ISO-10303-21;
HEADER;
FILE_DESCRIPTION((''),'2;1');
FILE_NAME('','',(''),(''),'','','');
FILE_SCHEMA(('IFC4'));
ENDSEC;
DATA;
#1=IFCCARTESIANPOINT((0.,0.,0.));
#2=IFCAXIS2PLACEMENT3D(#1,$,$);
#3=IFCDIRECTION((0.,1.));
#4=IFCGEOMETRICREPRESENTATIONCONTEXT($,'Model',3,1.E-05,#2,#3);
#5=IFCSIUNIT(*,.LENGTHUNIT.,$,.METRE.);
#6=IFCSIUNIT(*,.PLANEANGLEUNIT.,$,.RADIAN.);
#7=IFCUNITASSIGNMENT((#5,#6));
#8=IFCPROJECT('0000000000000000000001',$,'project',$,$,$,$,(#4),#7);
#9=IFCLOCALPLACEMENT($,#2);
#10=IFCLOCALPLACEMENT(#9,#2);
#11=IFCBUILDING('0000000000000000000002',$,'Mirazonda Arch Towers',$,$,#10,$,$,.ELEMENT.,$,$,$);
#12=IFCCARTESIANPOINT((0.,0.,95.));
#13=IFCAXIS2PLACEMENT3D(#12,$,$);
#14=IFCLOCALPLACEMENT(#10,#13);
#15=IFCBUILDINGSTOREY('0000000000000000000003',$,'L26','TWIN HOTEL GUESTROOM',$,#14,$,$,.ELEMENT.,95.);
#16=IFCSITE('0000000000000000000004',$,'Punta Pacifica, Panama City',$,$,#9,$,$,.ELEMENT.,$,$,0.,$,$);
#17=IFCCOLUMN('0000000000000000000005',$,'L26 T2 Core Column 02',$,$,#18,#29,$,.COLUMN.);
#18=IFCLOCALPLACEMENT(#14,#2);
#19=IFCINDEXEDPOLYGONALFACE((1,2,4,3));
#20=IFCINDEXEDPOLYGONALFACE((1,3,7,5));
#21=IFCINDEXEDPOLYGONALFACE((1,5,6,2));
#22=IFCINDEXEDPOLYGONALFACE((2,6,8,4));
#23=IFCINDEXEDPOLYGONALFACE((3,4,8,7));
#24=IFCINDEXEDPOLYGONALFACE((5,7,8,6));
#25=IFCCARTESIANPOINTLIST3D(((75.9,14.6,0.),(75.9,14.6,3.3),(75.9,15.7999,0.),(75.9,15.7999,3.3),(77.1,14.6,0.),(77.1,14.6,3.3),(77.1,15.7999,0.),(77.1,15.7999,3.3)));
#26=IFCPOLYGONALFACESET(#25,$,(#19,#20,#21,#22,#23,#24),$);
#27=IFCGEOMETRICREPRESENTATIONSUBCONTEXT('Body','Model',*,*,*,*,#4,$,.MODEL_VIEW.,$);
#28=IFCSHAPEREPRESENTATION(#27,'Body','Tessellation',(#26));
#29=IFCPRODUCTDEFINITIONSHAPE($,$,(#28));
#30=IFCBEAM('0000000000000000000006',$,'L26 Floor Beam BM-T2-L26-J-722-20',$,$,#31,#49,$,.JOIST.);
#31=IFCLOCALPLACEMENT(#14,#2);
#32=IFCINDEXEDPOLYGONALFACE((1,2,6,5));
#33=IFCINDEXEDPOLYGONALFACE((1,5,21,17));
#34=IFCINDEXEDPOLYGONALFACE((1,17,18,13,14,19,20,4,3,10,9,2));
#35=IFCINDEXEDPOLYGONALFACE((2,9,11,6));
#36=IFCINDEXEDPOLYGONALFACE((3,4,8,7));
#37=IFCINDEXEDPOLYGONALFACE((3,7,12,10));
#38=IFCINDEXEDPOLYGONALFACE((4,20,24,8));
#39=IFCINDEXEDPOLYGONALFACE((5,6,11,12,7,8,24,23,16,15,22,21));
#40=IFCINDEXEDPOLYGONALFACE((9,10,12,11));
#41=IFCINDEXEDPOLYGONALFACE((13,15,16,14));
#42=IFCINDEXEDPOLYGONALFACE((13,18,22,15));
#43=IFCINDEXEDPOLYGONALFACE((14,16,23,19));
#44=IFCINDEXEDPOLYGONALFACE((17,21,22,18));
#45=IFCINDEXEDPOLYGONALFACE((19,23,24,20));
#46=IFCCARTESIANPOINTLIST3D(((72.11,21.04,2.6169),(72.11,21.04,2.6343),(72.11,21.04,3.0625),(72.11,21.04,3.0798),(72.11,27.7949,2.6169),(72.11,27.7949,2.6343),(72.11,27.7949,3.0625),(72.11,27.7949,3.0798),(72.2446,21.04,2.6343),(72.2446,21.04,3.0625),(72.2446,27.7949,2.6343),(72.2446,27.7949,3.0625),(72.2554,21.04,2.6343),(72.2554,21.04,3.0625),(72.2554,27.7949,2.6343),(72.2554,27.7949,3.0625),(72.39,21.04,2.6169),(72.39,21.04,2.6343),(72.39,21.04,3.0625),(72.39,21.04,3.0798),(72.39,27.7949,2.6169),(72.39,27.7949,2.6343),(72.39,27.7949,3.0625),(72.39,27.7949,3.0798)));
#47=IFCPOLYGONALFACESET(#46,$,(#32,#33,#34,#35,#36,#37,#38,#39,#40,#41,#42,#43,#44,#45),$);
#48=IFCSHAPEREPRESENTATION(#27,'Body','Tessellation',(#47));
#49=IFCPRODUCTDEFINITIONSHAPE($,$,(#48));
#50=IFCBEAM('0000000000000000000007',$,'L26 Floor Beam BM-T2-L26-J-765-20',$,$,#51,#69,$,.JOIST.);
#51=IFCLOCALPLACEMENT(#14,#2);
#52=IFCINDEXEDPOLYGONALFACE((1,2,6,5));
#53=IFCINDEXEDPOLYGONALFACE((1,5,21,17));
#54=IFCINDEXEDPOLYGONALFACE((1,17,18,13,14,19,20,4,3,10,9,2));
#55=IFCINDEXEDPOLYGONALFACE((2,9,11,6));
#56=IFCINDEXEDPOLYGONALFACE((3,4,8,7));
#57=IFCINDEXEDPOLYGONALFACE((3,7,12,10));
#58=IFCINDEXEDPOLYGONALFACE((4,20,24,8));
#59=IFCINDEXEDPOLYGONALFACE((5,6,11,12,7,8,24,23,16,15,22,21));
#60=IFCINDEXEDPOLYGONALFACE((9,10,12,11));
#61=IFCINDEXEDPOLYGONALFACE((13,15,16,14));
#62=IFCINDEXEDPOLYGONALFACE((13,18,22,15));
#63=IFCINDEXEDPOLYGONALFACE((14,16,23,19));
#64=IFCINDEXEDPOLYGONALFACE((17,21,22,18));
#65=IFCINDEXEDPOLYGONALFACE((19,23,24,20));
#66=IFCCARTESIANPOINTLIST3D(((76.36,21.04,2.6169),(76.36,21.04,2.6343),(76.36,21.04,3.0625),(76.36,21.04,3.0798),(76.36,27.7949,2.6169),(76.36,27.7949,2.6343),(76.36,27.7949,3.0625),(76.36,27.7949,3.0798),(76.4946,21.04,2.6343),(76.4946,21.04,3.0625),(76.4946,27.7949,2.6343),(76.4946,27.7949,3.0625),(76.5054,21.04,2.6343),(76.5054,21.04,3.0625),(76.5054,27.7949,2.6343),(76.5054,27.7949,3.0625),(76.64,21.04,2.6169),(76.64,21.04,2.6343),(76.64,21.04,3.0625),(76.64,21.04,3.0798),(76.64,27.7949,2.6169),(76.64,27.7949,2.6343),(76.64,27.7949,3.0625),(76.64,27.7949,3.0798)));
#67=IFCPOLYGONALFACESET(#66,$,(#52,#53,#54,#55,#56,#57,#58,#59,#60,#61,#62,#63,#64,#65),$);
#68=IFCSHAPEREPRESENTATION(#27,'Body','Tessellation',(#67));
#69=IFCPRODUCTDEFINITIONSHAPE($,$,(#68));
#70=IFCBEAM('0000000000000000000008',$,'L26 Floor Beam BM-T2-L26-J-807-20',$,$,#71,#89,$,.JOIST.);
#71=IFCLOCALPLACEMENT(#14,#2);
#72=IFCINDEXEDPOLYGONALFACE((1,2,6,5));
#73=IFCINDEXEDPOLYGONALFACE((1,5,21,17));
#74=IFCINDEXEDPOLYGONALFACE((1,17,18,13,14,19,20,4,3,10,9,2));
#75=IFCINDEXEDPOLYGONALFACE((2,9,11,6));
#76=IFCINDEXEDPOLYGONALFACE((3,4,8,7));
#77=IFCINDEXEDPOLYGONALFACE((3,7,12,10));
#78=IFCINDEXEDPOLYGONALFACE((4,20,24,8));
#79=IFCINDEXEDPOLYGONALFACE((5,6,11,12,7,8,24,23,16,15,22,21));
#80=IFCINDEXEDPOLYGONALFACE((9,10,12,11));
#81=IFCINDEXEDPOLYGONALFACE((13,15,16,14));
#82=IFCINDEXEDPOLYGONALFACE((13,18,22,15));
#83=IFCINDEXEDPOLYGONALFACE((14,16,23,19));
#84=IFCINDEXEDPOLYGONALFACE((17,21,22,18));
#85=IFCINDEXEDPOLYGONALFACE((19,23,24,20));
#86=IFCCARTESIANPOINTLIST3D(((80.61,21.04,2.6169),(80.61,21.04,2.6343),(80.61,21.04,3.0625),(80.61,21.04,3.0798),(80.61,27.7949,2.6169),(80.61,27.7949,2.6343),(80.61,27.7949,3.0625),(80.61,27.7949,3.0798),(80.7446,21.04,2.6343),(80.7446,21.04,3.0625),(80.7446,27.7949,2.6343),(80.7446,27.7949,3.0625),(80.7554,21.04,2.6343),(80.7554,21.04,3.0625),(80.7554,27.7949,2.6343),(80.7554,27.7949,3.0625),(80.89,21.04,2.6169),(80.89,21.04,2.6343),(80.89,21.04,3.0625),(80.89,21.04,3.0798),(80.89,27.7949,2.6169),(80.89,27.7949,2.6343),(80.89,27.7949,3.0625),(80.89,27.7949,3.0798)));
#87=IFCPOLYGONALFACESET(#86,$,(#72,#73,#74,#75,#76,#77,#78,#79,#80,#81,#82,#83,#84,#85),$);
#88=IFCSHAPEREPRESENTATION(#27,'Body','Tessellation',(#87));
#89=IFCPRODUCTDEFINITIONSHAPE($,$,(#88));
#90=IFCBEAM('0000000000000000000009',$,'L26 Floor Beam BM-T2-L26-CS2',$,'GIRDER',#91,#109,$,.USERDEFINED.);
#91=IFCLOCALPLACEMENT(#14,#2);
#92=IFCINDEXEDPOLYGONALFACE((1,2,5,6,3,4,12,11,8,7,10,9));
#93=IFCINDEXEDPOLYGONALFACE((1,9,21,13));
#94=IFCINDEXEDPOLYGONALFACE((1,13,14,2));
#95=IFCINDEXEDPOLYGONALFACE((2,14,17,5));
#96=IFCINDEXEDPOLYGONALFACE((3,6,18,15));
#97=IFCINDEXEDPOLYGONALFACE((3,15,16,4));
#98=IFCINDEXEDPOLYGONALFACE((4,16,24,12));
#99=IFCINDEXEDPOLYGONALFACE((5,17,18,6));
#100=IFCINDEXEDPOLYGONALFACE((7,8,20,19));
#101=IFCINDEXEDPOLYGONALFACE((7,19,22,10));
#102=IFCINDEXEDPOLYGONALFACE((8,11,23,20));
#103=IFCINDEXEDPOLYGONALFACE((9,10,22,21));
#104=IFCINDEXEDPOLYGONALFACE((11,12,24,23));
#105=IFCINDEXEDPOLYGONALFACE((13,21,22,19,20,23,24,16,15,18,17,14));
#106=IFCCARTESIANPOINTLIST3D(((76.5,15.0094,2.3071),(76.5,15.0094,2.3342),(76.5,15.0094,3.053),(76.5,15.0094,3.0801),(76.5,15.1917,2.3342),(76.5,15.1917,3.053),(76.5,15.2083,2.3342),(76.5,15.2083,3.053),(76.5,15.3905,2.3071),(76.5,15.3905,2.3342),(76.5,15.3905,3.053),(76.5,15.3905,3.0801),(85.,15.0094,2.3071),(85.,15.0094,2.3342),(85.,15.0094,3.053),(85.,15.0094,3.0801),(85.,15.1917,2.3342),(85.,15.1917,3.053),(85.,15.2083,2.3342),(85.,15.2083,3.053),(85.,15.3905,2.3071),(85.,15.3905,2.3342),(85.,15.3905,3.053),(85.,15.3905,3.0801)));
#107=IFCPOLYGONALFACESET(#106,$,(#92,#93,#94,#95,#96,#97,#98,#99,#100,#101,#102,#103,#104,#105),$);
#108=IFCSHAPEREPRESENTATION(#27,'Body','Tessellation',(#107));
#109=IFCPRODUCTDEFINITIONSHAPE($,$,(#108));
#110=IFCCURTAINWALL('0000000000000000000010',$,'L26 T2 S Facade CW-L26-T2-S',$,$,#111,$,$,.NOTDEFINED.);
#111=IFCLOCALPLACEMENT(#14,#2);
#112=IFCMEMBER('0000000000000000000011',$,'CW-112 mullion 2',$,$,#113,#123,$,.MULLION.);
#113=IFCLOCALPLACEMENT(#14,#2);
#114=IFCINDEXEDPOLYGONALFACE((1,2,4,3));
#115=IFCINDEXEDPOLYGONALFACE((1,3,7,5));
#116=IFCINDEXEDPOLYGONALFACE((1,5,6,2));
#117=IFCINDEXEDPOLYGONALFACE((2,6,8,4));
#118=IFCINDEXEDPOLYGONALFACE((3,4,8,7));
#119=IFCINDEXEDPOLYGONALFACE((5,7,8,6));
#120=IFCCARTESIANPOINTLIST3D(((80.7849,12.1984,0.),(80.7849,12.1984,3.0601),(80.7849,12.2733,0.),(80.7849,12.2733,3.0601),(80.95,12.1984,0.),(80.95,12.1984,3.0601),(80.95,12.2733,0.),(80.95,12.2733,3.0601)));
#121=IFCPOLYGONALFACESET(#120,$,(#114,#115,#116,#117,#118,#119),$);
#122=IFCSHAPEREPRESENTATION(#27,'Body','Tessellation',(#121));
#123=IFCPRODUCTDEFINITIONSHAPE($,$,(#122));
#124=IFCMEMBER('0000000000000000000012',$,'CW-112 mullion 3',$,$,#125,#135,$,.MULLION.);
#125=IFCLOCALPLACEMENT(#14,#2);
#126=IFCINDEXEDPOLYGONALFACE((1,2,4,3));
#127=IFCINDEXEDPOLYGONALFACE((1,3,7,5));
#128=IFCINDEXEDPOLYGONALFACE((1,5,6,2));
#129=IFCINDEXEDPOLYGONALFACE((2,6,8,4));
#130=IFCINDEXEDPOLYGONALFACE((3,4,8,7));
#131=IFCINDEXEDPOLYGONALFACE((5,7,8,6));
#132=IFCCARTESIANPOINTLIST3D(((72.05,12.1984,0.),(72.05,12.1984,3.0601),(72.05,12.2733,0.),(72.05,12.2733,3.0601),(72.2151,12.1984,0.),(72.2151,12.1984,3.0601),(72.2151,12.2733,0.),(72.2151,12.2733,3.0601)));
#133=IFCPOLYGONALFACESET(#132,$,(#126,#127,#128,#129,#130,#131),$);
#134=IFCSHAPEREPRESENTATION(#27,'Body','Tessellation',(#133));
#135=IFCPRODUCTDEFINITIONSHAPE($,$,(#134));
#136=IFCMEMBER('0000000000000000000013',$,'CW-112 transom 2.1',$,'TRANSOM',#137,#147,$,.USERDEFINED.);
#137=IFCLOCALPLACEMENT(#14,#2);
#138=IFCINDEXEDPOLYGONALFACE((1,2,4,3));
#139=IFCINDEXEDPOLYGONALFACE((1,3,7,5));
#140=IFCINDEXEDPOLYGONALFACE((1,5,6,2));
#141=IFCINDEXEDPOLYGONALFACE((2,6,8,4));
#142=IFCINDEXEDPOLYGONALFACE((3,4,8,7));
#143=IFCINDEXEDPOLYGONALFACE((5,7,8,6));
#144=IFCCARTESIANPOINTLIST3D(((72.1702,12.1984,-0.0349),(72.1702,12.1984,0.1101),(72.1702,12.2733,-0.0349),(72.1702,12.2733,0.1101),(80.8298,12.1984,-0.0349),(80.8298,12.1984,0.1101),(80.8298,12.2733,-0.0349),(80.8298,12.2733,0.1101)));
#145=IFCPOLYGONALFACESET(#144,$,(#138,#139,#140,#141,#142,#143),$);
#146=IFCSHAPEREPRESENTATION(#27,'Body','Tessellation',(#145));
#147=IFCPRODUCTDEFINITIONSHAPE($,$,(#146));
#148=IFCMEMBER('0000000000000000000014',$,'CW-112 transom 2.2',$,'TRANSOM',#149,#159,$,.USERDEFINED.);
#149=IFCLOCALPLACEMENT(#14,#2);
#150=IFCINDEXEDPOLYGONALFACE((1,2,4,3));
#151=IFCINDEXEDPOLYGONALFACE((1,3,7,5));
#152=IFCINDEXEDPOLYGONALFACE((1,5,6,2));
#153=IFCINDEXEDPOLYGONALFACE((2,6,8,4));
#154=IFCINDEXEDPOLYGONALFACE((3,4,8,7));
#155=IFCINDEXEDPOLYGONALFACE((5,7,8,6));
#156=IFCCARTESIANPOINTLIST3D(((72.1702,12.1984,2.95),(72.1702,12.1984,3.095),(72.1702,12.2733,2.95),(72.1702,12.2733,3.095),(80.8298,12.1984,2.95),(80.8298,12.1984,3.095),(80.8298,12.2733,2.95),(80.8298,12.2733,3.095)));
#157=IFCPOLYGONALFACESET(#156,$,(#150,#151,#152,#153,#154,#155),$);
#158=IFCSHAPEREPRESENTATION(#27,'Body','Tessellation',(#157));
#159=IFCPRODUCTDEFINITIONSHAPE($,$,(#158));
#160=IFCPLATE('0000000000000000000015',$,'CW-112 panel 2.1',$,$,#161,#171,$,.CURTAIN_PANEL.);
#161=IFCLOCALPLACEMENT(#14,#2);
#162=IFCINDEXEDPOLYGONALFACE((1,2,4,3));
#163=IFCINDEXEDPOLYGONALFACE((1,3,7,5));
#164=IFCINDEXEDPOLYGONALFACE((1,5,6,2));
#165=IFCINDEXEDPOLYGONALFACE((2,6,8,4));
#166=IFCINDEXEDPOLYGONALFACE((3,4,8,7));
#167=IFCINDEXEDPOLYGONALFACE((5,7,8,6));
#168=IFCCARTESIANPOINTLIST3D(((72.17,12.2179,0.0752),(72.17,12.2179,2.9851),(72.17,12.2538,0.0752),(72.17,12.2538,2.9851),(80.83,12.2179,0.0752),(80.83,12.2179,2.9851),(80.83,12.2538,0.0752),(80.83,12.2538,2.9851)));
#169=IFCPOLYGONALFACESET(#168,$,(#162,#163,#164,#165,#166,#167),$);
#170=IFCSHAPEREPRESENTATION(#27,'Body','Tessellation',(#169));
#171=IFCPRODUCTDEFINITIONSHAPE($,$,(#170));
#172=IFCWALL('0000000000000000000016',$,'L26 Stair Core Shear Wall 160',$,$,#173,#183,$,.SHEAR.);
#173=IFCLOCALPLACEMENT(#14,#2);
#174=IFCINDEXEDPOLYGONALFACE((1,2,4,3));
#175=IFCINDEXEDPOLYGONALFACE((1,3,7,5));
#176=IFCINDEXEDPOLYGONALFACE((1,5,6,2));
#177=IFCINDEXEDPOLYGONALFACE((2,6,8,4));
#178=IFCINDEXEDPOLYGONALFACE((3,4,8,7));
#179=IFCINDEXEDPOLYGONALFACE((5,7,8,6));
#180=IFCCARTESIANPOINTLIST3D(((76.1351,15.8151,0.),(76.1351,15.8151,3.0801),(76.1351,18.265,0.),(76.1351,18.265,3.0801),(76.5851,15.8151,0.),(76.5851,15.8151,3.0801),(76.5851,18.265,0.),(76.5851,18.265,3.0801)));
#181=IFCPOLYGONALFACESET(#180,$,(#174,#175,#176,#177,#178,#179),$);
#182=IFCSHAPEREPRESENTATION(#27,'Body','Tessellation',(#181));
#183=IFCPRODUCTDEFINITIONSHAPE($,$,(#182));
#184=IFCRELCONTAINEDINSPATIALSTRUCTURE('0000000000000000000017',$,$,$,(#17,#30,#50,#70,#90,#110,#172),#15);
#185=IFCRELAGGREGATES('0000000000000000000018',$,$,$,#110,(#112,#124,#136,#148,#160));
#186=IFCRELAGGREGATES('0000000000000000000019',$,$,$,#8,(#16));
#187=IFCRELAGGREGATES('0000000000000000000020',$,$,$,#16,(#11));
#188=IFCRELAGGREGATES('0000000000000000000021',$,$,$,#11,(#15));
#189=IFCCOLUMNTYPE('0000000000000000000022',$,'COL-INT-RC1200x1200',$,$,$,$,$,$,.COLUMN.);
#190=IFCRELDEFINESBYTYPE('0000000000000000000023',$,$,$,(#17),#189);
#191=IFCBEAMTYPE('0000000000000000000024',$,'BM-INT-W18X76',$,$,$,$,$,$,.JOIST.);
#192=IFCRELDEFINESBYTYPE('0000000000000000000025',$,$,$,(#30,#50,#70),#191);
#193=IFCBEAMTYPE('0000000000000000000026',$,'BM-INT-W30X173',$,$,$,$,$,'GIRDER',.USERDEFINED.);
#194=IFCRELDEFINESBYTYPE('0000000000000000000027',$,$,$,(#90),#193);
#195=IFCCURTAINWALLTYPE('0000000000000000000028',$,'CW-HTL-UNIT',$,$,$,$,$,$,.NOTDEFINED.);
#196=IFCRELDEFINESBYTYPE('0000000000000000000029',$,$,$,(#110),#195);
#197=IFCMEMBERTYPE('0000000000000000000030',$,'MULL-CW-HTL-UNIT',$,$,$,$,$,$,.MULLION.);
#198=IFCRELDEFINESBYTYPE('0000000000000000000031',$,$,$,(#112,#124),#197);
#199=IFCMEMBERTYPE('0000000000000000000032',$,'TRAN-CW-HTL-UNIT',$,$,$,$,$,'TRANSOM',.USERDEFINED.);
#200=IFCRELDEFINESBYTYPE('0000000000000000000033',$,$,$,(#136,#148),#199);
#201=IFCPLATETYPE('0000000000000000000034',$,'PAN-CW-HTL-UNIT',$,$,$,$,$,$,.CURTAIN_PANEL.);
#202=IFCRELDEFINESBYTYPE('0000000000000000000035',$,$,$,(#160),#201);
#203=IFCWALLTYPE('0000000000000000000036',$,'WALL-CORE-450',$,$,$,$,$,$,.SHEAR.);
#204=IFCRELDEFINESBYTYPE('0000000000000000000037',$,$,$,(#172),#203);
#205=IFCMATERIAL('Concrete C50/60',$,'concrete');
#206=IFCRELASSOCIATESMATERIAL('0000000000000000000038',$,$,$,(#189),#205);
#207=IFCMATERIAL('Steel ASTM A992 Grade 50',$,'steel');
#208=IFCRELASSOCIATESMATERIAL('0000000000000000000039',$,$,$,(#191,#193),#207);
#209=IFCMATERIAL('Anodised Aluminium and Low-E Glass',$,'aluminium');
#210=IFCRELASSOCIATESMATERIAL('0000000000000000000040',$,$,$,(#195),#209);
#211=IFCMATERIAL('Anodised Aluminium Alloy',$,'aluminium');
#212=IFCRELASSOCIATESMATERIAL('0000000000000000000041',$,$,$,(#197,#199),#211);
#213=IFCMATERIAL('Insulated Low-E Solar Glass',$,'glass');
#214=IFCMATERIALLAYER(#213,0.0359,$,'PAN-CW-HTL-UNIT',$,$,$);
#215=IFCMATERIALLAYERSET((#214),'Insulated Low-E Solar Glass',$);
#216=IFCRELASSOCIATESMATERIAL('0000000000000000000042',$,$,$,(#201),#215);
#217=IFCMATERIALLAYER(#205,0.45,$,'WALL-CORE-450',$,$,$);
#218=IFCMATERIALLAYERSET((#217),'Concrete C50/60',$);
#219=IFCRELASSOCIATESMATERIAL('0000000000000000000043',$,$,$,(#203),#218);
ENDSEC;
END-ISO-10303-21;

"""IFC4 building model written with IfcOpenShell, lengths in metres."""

from ifc_helpers import new_model, si_unit, direction, frame, frame_2d, origin, origin_2d, place, context, subcontext, project, spatial, rectangle, i_section, extrude, material, layer, layer_set, material_profile, profile_set, type_object, element, aggregate, save


model = new_model("IFC4")

# Units and contexts
model_context = context("Model", 3, precision=1e-05, world=origin(), true_north=direction((0.0, 1.0)))
body_context = subcontext(model_context, "Body", "Model", "MODEL_VIEW")
ifc_project = project(units=[si_unit("LENGTHUNIT", "METRE"), si_unit("PLANEANGLEUNIT", "RADIAN")], contexts=[model_context])

# Site, building, storey
site_placement = place(None, origin())
site = spatial("IfcSite", under=ifc_project, at=site_placement, Name="Punta Pacifica, Panama City", CompositionType="ELEMENT", RefElevation=0.0)
building_placement = place(site_placement, origin())
building = spatial("IfcBuilding", under=site, at=building_placement, Name="Mirazonda Arch Towers", CompositionType="ELEMENT")
storey_placement = place(building_placement, frame((0.0, 0.0, 95.0)))
storey = spatial("IfcBuildingStorey", under=building, at=storey_placement, Name="L26", Description="TWIN HOTEL GUESTROOM", CompositionType="ELEMENT", Elevation=95.0)

# Column
ifc_material_1 = material(Name="Concrete C50/60", Category="concrete")
ifc_material_profile_1 = material_profile(ifc_material_1, rectangle(XDim=1.2, YDim=1.2, at=origin_2d()), Name="RC1200x1200")
ifc_profile_set_1 = profile_set([ifc_material_profile_1], Name="Concrete C50/60")
column_type = type_object("IfcColumnType", Name="COL-INT-RC1200x1200", PredefinedType="COLUMN", material=ifc_profile_set_1)
column_placement = place(storey_placement, frame((76.5, 15.2, 0.0), z_axis=(0.0, 0.0, 1.0), x_axis=(1.0, 0.0, 0.0)))
element("IfcColumn", 1, at=column_placement, inside=storey, type_object=column_type, Name="L26 T2 Core Column 02", PredefinedType="COLUMN", context=body_context, shape_type="SweptSolid", body=[
    extrude(rectangle(XDim=1.2, YDim=1.2, at=origin_2d()), origin(), (0.0, 0.0, 1.0), 3.3),
])

# Beams
ifc_material_2 = material(Name="Steel ASTM A992 Grade 50", Category="steel")
ifc_material_profile_2 = material_profile(ifc_material_2, i_section(OverallWidth=0.28, OverallDepth=0.4629, WebThickness=0.0107, FlangeThickness=0.0173, at=origin_2d()), Name="W18X76")
ifc_profile_set_2 = profile_set([ifc_material_profile_2], Name="Steel ASTM A992 Grade 50")
beam_type_1 = type_object("IfcBeamType", Name="BM-INT-W18X76", PredefinedType="JOIST", material=ifc_profile_set_2)
for number, where, z_axis, x_axis, name in (
    (2, (72.25, 21.04, 2.8484), (0.0, 1.0, 0.0), (-1.0, 0.0, 0.0), "L26 Floor Beam BM-T2-L26-J-722-20"),
    (3, (76.5, 21.04, 2.8484), (0.0, 1.0, 0.0), (-1.0, 0.0, 0.0), "L26 Floor Beam BM-T2-L26-J-765-20"),
    (4, (80.75, 21.04, 2.8484), (0.0, 1.0, 0.0), (-1.0, 0.0, 0.0), "L26 Floor Beam BM-T2-L26-J-807-20"),
):
    element("IfcBeam", number, at=place(storey_placement, frame(where, z_axis=z_axis, x_axis=x_axis)), inside=storey, type_object=beam_type_1, Name=name, PredefinedType="JOIST", context=body_context, shape_type="SweptSolid", body=[
        extrude(i_section(OverallWidth=0.28, OverallDepth=0.4629, WebThickness=0.0107, FlangeThickness=0.0173, at=origin_2d()), origin(), (0.0, 0.0, 1.0), 6.7549),
    ])
ifc_material_profile_3 = material_profile(ifc_material_2, i_section(OverallWidth=0.3811, OverallDepth=0.7729, WebThickness=0.0166, FlangeThickness=0.0271, at=origin_2d()), Name="W30X173")
ifc_profile_set_3 = profile_set([ifc_material_profile_3], Name="Steel ASTM A992 Grade 50")
beam_type_2 = type_object("IfcBeamType", Name="BM-INT-W30X173", ElementType="GIRDER", PredefinedType="USERDEFINED", material=ifc_profile_set_3)
beam_placement = place(storey_placement, frame((76.5, 15.2, 2.6936), z_axis=(1.0, 0.0, 0.0), x_axis=(0.0, 1.0, 0.0)))
element("IfcBeam", 5, at=beam_placement, inside=storey, type_object=beam_type_2, Name="L26 Floor Beam BM-T2-L26-CS2", ObjectType="GIRDER", PredefinedType="USERDEFINED", context=body_context, shape_type="SweptSolid", body=[
    extrude(i_section(OverallWidth=0.3811, OverallDepth=0.7729, WebThickness=0.0166, FlangeThickness=0.0271, at=origin_2d()), origin(), (0.0, 0.0, 1.0), 8.5),
])

# Curtain wall, members, plate
ifc_material_3 = material(Name="Anodised Aluminium and Low-E Glass", Category="aluminium")
curtain_wall_type = type_object("IfcCurtainWallType", Name="CW-HTL-UNIT", PredefinedType="NOTDEFINED", material=ifc_material_3)
curtain_wall_placement = place(storey_placement, origin())
curtain_wall = element("IfcCurtainWall", 6, at=curtain_wall_placement, inside=storey, type_object=curtain_wall_type, Name="L26 T2 S Facade CW-L26-T2-S", PredefinedType="NOTDEFINED")
ifc_material_4 = material(Name="Anodised Aluminium Alloy", Category="aluminium")
ifc_material_profile_4 = material_profile(ifc_material_4, rectangle(XDim=0.075, YDim=0.165, at=origin_2d()), Name="ALU-MULL-75x165")
ifc_profile_set_4 = profile_set([ifc_material_profile_4], Name="Anodised Aluminium Alloy")
member_type_1 = type_object("IfcMemberType", Name="MULL-CW-HTL-UNIT", PredefinedType="MULLION", material=ifc_profile_set_4)
member_1_placement = place(storey_placement, frame((80.8674, 12.2358, 0.0), z_axis=(0.0, 0.0, 1.0), x_axis=(0.0, -1.0, 0.0)))
member_1 = element("IfcMember", 7, at=member_1_placement, type_object=member_type_1, Name="CW-112 mullion 2", PredefinedType="MULLION", context=body_context, shape_type="SweptSolid", body=[
    extrude(rectangle(XDim=0.075, YDim=0.165, at=origin_2d()), origin(), (0.0, 0.0, 1.0), 3.0601),
])
member_2_placement = place(storey_placement, frame((72.1326, 12.2358, 0.0), z_axis=(0.0, 0.0, 1.0), x_axis=(0.0, -1.0, 0.0)))
member_2 = element("IfcMember", 8, at=member_2_placement, type_object=member_type_1, Name="CW-112 mullion 3", PredefinedType="MULLION", context=body_context, shape_type="SweptSolid", body=[
    extrude(rectangle(XDim=0.075, YDim=0.165, at=origin_2d()), origin(), (0.0, 0.0, 1.0), 3.0601),
])
ifc_material_profile_5 = material_profile(ifc_material_4, rectangle(XDim=0.075, YDim=0.145, at=origin_2d()), Name="ALU-TRAN-75x145")
ifc_profile_set_5 = profile_set([ifc_material_profile_5], Name="Anodised Aluminium Alloy")
member_type_2 = type_object("IfcMemberType", Name="TRAN-CW-HTL-UNIT", ElementType="TRANSOM", PredefinedType="USERDEFINED", material=ifc_profile_set_5)
member_3_placement = place(storey_placement, frame((80.8298, 12.2358, 0.0376), z_axis=(-1.0, 0.0, 0.0), x_axis=(0.0, -1.0, 0.0)))
member_3 = element("IfcMember", 9, at=member_3_placement, type_object=member_type_2, Name="CW-112 transom 2.1", ObjectType="TRANSOM", PredefinedType="USERDEFINED", context=body_context, shape_type="SweptSolid", body=[
    extrude(rectangle(XDim=0.075, YDim=0.145, at=origin_2d()), origin(), (0.0, 0.0, 1.0), 8.6597),
])
member_4_placement = place(storey_placement, frame((80.8298, 12.2358, 3.0225), z_axis=(-1.0, 0.0, 0.0), x_axis=(0.0, -1.0, 0.0)))
member_4 = element("IfcMember", 10, at=member_4_placement, type_object=member_type_2, Name="CW-112 transom 2.2", ObjectType="TRANSOM", PredefinedType="USERDEFINED", context=body_context, shape_type="SweptSolid", body=[
    extrude(rectangle(XDim=0.075, YDim=0.145, at=origin_2d()), origin(), (0.0, 0.0, 1.0), 8.6597),
])
ifc_material_5 = material(Name="Insulated Low-E Solar Glass", Category="glass")
ifc_layer_1 = layer(ifc_material_5, 0.0359, Name="PAN-CW-HTL-UNIT")
ifc_layer_set_1 = layer_set([ifc_layer_1], Name="Insulated Low-E Solar Glass")
plate_type = type_object("IfcPlateType", Name="PAN-CW-HTL-UNIT", PredefinedType="CURTAIN_PANEL", material=ifc_layer_set_1)
plate_placement = place(storey_placement, frame((76.5, 12.2358, 0.0752), z_axis=(0.0, 0.0, 1.0), x_axis=(-1.0, 0.0, 0.0)))
plate = element("IfcPlate", 11, at=plate_placement, type_object=plate_type, Name="CW-112 panel 2.1", PredefinedType="CURTAIN_PANEL", context=body_context, shape_type="SweptSolid", body=[
    extrude(rectangle(XDim=8.6599, YDim=0.0359, at=origin_2d()), origin(), (0.0, 0.0, 1.0), 2.9099),
])
aggregate(curtain_wall, [member_1, member_2, member_3, member_4, plate])

# Wall
ifc_layer_2 = layer(ifc_material_1, 0.45, Name="WALL-CORE-450")
ifc_layer_set_2 = layer_set([ifc_layer_2], Name="Concrete C50/60")
wall_type_1 = type_object("IfcWallType", Name="WALL-CORE-450", PredefinedType="SHEAR", material=ifc_layer_set_2)
wall_1_placement = place(storey_placement, frame((76.3601, 15.8149, 0.0), z_axis=(0.0, 0.0, 1.0), x_axis=(0.0, 1.0, 0.0)))
element("IfcWall", 12, at=wall_1_placement, inside=storey, type_object=wall_type_1, Name="L26 Stair Core Shear Wall 160", PredefinedType="SHEAR", context=body_context, shape_type="SweptSolid", body=[
    extrude(rectangle(XDim=2.45, YDim=0.45, at=frame_2d((1.2251, 0.0))), origin(), (0.0, 0.0, 1.0), 3.0801),
])

save(model, "model.ifc")
